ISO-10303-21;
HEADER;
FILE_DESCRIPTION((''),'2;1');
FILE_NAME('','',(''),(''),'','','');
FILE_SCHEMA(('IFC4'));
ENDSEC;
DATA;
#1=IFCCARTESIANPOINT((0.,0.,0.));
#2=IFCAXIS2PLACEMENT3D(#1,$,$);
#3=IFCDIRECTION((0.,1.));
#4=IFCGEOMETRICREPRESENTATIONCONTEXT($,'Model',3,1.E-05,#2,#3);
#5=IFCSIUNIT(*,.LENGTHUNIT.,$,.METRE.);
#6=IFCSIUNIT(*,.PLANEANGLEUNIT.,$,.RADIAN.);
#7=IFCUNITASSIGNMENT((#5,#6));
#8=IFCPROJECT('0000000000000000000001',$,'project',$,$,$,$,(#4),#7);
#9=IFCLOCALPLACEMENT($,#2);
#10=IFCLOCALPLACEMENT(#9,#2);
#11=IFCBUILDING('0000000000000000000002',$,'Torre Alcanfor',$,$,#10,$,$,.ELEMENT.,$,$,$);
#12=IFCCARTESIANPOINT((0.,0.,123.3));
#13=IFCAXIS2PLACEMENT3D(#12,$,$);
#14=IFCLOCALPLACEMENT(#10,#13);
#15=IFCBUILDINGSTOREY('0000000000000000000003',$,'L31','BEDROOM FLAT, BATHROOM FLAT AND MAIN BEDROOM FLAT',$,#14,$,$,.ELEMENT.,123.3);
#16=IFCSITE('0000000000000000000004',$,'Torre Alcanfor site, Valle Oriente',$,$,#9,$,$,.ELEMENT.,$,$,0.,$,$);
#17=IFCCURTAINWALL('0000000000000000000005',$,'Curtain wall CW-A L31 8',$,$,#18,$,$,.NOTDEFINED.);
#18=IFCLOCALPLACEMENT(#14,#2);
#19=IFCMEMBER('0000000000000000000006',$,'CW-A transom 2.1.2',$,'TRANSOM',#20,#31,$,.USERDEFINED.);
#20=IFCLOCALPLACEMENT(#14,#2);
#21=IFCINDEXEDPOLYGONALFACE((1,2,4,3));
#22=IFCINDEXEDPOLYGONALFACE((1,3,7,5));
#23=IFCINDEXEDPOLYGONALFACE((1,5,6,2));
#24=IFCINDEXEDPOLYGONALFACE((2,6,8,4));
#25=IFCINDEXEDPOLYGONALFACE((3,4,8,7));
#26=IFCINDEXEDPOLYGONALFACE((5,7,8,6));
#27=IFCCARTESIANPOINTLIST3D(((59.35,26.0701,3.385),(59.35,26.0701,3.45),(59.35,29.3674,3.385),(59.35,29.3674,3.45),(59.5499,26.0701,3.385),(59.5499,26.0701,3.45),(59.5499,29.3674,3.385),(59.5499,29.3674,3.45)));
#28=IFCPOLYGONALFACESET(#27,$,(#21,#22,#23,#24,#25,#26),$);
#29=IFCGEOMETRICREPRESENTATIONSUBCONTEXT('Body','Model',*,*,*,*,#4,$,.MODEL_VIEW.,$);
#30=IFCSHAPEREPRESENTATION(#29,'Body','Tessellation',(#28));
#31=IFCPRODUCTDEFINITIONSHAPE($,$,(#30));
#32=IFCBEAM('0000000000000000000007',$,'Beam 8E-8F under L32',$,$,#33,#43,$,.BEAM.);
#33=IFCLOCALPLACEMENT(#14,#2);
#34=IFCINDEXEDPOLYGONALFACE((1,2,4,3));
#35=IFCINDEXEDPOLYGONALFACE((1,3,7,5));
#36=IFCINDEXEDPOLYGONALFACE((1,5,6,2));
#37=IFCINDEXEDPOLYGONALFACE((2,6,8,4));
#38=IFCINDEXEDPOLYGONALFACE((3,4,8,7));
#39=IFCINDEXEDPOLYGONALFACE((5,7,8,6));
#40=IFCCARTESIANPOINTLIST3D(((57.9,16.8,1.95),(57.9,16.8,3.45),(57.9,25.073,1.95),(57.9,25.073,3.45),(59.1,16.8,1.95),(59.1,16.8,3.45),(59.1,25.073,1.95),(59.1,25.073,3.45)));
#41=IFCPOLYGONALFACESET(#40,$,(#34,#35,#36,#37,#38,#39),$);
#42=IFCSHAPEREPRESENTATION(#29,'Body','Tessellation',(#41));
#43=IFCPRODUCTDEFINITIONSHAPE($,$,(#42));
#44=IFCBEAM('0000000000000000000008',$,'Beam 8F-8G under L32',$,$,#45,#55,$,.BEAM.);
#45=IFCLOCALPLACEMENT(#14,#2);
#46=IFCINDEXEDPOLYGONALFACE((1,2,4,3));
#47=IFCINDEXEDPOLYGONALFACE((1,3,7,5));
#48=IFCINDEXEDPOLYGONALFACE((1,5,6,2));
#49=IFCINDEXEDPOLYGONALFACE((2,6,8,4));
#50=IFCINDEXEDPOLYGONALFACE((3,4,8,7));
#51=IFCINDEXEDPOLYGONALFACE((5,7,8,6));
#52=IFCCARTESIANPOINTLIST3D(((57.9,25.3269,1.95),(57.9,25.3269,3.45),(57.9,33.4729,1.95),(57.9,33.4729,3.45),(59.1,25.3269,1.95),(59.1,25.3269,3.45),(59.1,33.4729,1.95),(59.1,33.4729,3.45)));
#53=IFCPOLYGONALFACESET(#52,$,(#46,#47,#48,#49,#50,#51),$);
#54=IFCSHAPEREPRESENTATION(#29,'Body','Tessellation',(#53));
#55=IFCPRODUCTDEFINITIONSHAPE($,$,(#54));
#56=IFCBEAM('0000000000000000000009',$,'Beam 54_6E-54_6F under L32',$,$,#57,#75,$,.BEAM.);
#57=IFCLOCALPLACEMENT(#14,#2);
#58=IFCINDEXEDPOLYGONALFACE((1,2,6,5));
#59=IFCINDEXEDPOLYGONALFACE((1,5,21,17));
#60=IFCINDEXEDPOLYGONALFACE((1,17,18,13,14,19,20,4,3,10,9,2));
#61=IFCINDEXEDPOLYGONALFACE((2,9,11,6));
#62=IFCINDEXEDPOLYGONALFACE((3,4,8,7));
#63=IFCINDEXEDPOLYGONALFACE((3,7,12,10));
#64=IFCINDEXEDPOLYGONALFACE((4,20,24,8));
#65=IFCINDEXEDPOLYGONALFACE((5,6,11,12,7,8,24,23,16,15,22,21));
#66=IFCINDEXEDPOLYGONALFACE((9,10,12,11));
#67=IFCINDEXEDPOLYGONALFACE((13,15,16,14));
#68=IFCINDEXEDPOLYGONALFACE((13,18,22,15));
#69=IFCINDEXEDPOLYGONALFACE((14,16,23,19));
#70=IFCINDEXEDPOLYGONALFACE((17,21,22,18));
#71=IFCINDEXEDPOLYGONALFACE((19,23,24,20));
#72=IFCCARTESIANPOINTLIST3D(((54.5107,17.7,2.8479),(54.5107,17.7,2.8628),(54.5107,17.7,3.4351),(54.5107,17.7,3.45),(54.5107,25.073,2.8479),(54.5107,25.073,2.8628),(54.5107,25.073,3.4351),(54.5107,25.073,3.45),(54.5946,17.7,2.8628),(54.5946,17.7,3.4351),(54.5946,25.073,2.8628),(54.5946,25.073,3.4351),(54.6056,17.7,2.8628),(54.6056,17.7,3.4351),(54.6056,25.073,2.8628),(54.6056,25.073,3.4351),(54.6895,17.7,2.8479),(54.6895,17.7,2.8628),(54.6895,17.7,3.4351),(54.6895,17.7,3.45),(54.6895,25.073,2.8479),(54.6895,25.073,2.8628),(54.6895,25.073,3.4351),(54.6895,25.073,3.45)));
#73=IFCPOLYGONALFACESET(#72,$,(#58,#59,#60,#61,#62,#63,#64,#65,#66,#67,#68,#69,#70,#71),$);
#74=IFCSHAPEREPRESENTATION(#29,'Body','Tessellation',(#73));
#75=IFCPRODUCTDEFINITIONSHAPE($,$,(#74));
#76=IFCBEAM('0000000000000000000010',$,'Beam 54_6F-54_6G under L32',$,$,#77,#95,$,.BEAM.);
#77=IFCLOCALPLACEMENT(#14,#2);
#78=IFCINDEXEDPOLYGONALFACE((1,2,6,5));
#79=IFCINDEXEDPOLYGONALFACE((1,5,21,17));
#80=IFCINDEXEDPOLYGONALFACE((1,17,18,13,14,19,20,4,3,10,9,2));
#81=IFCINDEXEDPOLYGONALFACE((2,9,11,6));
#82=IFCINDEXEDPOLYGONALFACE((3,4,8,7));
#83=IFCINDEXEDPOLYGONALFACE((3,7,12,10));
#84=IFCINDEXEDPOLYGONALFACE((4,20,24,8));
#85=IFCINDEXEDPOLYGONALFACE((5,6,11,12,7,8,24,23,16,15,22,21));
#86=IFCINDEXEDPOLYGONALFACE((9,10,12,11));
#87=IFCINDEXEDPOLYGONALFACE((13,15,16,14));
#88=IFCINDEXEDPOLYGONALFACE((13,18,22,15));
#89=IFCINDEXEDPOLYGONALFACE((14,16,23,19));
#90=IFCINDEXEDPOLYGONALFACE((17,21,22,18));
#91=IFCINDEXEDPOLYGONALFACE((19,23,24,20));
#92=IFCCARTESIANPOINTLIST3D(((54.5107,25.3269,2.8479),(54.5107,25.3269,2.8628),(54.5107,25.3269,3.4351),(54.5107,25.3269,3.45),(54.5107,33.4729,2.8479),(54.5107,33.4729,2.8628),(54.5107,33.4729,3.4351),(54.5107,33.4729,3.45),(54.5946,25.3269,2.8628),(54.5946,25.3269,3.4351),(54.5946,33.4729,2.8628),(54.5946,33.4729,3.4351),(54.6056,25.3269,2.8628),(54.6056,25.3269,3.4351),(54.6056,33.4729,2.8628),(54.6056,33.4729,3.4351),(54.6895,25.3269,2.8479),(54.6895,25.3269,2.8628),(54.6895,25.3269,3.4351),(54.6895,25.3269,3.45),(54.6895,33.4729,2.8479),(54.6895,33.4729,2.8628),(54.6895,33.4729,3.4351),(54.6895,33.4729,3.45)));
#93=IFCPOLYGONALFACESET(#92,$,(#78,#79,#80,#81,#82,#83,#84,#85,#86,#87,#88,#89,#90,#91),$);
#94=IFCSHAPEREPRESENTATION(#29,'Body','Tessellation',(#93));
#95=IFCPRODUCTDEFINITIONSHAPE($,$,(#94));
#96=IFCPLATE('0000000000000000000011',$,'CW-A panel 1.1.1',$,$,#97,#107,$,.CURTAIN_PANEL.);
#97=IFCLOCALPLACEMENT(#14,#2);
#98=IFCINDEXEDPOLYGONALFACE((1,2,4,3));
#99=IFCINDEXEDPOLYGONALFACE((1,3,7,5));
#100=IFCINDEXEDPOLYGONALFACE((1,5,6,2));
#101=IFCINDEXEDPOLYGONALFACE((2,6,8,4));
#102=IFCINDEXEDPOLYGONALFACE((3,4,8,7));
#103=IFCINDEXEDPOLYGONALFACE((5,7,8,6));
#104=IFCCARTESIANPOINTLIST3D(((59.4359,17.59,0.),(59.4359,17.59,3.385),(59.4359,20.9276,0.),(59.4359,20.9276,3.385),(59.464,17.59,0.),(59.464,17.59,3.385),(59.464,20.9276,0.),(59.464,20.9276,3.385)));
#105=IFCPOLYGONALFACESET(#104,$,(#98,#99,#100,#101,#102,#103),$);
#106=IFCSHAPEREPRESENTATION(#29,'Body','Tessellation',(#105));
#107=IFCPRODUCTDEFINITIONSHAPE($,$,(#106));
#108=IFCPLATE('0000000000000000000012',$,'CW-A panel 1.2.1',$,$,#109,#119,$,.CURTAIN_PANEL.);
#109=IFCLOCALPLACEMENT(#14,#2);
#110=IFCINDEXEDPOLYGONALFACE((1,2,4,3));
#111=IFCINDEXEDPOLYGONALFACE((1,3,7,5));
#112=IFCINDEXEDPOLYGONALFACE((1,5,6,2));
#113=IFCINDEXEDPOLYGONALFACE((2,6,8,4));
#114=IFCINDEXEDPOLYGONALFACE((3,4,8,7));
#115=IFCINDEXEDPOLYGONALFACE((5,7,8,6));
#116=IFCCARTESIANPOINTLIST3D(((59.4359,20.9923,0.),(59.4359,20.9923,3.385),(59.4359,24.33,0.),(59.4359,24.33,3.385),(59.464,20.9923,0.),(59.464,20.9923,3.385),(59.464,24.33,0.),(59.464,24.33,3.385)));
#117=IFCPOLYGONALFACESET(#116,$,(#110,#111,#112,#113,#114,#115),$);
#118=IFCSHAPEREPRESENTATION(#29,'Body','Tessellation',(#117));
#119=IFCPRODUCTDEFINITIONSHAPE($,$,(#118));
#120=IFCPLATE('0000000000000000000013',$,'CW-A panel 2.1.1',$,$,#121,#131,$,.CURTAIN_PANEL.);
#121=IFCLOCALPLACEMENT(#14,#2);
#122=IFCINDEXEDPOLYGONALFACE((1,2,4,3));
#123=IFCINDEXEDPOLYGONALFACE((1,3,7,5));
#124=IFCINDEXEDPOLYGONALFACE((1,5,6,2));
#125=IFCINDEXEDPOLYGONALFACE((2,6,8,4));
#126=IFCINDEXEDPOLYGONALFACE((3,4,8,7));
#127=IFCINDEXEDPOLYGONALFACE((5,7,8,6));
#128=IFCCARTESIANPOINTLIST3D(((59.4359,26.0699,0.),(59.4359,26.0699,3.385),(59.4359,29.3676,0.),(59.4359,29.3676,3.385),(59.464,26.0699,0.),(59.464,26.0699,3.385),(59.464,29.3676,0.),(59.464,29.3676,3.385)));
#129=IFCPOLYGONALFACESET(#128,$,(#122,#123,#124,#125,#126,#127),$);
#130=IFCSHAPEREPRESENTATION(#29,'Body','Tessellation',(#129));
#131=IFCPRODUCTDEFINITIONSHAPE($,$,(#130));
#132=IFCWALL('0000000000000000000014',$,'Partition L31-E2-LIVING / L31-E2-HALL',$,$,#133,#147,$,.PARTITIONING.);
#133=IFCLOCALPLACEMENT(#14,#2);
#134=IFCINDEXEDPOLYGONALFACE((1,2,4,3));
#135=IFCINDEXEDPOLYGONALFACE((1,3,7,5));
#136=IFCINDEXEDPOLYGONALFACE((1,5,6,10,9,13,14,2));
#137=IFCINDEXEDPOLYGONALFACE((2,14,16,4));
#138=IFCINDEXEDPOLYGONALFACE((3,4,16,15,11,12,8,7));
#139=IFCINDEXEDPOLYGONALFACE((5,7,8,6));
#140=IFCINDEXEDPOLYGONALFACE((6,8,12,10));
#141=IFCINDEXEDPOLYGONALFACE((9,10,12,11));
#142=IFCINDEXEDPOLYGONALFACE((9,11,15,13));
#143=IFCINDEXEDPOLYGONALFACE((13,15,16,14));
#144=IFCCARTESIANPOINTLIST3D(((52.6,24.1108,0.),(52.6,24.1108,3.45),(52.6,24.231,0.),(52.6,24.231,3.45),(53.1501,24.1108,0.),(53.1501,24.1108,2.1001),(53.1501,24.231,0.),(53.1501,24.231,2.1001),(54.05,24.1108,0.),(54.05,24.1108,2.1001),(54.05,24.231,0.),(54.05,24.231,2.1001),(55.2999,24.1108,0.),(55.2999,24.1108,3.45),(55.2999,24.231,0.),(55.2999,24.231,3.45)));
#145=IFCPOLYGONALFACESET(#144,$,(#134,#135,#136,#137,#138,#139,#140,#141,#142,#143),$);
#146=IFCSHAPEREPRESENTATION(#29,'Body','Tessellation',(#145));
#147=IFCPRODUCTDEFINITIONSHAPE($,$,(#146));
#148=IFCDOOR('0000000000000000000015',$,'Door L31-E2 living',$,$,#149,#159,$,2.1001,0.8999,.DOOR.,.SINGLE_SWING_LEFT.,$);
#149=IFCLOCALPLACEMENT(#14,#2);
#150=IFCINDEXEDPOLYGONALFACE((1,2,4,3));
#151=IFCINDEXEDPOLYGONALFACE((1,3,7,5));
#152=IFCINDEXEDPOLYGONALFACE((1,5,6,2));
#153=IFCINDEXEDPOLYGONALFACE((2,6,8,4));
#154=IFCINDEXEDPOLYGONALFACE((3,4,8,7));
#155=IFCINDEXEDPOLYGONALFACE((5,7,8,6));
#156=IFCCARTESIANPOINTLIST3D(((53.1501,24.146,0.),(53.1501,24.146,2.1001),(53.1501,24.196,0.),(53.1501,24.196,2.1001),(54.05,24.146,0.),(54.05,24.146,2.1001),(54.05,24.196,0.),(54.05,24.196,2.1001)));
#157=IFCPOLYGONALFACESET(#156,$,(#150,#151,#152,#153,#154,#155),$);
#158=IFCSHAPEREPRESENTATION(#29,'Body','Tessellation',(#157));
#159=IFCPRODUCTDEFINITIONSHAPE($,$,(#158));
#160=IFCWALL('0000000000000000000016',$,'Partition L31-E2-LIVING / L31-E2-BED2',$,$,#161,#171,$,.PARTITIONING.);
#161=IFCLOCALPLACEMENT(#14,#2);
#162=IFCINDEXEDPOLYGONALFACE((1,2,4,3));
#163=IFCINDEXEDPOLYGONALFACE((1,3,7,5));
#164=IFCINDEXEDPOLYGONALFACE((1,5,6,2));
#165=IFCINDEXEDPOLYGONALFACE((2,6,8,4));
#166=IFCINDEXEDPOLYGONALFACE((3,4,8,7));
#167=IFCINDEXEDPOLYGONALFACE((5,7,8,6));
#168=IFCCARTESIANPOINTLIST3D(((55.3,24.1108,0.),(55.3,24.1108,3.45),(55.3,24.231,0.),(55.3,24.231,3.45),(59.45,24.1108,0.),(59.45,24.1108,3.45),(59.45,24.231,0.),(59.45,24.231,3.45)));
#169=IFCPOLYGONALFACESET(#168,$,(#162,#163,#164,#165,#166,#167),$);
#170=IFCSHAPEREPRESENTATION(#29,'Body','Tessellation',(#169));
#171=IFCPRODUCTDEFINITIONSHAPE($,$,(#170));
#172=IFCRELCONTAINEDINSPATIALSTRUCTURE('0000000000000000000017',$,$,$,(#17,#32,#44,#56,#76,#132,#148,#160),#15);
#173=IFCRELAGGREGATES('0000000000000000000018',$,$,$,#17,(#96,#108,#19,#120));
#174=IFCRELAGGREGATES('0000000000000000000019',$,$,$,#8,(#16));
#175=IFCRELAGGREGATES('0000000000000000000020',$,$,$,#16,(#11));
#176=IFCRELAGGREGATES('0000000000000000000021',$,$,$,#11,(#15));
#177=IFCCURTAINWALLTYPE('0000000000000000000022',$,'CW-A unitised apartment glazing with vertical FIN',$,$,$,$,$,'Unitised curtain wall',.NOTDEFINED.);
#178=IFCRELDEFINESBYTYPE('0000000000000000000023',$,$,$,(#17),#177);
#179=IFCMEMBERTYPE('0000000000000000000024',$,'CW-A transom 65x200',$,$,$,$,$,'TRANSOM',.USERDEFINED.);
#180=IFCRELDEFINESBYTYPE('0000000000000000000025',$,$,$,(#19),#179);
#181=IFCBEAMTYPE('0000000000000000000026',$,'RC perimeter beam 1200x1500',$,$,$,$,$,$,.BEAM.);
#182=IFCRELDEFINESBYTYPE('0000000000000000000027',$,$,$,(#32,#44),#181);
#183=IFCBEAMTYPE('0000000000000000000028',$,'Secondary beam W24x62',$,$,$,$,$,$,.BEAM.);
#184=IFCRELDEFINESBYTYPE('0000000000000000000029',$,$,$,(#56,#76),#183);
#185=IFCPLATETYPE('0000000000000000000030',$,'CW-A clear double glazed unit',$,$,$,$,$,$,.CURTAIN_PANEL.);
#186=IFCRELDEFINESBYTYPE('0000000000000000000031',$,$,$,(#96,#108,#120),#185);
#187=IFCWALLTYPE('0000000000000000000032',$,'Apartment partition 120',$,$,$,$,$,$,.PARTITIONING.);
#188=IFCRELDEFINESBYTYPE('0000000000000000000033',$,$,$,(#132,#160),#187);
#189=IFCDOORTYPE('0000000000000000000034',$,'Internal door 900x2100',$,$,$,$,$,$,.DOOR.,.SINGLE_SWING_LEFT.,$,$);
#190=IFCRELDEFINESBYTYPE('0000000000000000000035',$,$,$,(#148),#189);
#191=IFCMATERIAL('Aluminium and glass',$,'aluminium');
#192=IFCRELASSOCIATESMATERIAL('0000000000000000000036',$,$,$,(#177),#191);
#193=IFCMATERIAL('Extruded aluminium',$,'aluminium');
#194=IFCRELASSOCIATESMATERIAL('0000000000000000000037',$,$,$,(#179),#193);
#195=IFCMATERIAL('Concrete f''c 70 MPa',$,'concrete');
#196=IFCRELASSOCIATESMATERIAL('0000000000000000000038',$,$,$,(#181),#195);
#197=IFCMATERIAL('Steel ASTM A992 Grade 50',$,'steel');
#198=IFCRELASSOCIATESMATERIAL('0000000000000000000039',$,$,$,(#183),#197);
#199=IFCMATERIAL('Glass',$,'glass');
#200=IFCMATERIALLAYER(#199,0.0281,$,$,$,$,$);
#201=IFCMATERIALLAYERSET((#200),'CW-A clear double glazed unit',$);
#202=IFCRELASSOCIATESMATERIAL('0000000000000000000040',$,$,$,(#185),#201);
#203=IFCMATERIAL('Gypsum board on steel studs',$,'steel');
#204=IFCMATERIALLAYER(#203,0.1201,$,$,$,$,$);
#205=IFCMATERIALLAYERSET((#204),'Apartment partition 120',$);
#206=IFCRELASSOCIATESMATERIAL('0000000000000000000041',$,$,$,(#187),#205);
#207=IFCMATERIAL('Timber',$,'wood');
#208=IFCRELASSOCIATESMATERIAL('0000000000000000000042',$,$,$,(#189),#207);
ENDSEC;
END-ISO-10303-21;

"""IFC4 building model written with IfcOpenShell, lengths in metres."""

from ifc_helpers import new_model, si_unit, direction, frame, frame_2d, origin, origin_2d, place, context, subcontext, project, spatial, rectangle, i_section, extrude, material, layer, layer_set, material_profile, profile_set, type_object, element, fill, aggregate, save


model = new_model("IFC4")

# Units and contexts
model_context = context("Model", 3, precision=1e-05, world=origin(), true_north=direction((0.0, 1.0)))
body_context = subcontext(model_context, "Body", "Model", "MODEL_VIEW")
ifc_project = project(units=[si_unit("LENGTHUNIT", "METRE"), si_unit("PLANEANGLEUNIT", "RADIAN")], contexts=[model_context])

# Site, building, storey
site_placement = place(None, origin())
site = spatial("IfcSite", under=ifc_project, at=site_placement, Name="Torre Alcanfor site, Valle Oriente", CompositionType="ELEMENT", RefElevation=0.0)
building_placement = place(site_placement, origin())
building = spatial("IfcBuilding", under=site, at=building_placement, Name="Torre Alcanfor", CompositionType="ELEMENT")
storey_placement = place(building_placement, frame((0.0, 0.0, 123.3)))
storey = spatial("IfcBuildingStorey", under=building, at=storey_placement, Name="L31", Description="BEDROOM FLAT, BATHROOM FLAT AND MAIN BEDROOM FLAT", CompositionType="ELEMENT", Elevation=123.3)

# Curtain wall, member
ifc_material_1 = material(Name="Aluminium and glass", Category="aluminium")
curtain_wall_type = type_object("IfcCurtainWallType", Name="CW-A unitised apartment glazing with vertical FIN", ElementType="Unitised curtain wall", PredefinedType="NOTDEFINED", material=ifc_material_1)
curtain_wall_placement = place(storey_placement, origin())
curtain_wall = element("IfcCurtainWall", 1, at=curtain_wall_placement, inside=storey, type_object=curtain_wall_type, Name="Curtain wall CW-A L31 8", PredefinedType="NOTDEFINED")
ifc_material_2 = material(Name="Extruded aluminium", Category="aluminium")
ifc_material_profile_1 = material_profile(ifc_material_2, rectangle(XDim=0.2, YDim=0.0649, at=origin_2d()), Name="CW-A transom 200x65")
ifc_profile_set_1 = profile_set([ifc_material_profile_1], Name="Extruded aluminium")
member_type_1 = type_object("IfcMemberType", Name="CW-A transom 65x200", ElementType="TRANSOM", PredefinedType="USERDEFINED", material=ifc_profile_set_1)
member_1_placement = place(storey_placement, frame((59.45, 26.0701, 3.4175), z_axis=(0.0, 1.0, 0.0), x_axis=(-1.0, 0.0, 0.0)))
member_1 = element("IfcMember", 2, at=member_1_placement, type_object=member_type_1, Name="CW-A transom 2.1.2", ObjectType="TRANSOM", PredefinedType="USERDEFINED", context=body_context, shape_type="SweptSolid", body=[
    extrude(rectangle(XDim=0.2, YDim=0.0649, at=origin_2d()), origin(), (0.0, 0.0, 1.0), 3.2974),
])

# Beams
ifc_material_3 = material(Name="Concrete f'c 70 MPa", Category="concrete")
ifc_material_profile_2 = material_profile(ifc_material_3, rectangle(XDim=1.2, YDim=1.5, at=origin_2d()), Name="1200x1500")
ifc_profile_set_2 = profile_set([ifc_material_profile_2], Name="Concrete f'c 70 MPa")
beam_type_1 = type_object("IfcBeamType", Name="RC perimeter beam 1200x1500", PredefinedType="BEAM", material=ifc_profile_set_2)
beam_1_placement = place(storey_placement, frame((58.5, 16.8, 2.7), z_axis=(0.0, 1.0, 0.0), x_axis=(-1.0, 0.0, 0.0)))
element("IfcBeam", 3, at=beam_1_placement, inside=storey, type_object=beam_type_1, Name="Beam 8E-8F under L32", PredefinedType="BEAM", context=body_context, shape_type="SweptSolid", body=[
    extrude(rectangle(XDim=1.2, YDim=1.5, at=origin_2d()), origin(), (0.0, 0.0, 1.0), 8.2729),
])
beam_2_placement = place(storey_placement, frame((58.5, 25.3269, 2.7), z_axis=(0.0, 1.0, 0.0), x_axis=(-1.0, 0.0, 0.0)))
element("IfcBeam", 4, at=beam_2_placement, inside=storey, type_object=beam_type_1, Name="Beam 8F-8G under L32", PredefinedType="BEAM", context=body_context, shape_type="SweptSolid", body=[
    extrude(rectangle(XDim=1.2, YDim=1.5, at=origin_2d()), origin(), (0.0, 0.0, 1.0), 8.146),
])
ifc_material_4 = material(Name="Steel ASTM A992 Grade 50", Category="steel")
ifc_material_profile_3 = material_profile(ifc_material_4, i_section(OverallWidth=0.1787, OverallDepth=0.6021, WebThickness=0.011, FlangeThickness=0.0149, at=origin_2d()), Name="W24x62")
ifc_profile_set_3 = profile_set([ifc_material_profile_3], Name="Steel ASTM A992 Grade 50")
beam_type_2 = type_object("IfcBeamType", Name="Secondary beam W24x62", PredefinedType="BEAM", material=ifc_profile_set_3)
beam_3_placement = place(storey_placement, frame((54.6001, 17.7, 3.1489), z_axis=(0.0, 1.0, 0.0), x_axis=(-1.0, 0.0, 0.0)))
element("IfcBeam", 5, at=beam_3_placement, inside=storey, type_object=beam_type_2, Name="Beam 54_6E-54_6F under L32", PredefinedType="BEAM", context=body_context, shape_type="SweptSolid", body=[
    extrude(i_section(OverallWidth=0.1787, OverallDepth=0.6021, WebThickness=0.011, FlangeThickness=0.0149, at=origin_2d()), origin(), (0.0, 0.0, 1.0), 7.373),
])
beam_4_placement = place(storey_placement, frame((54.6001, 25.3269, 3.1489), z_axis=(0.0, 1.0, 0.0), x_axis=(-1.0, 0.0, 0.0)))
element("IfcBeam", 6, at=beam_4_placement, inside=storey, type_object=beam_type_2, Name="Beam 54_6F-54_6G under L32", PredefinedType="BEAM", context=body_context, shape_type="SweptSolid", body=[
    extrude(i_section(OverallWidth=0.1787, OverallDepth=0.6021, WebThickness=0.011, FlangeThickness=0.0149, at=origin_2d()), origin(), (0.0, 0.0, 1.0), 8.146),
])

# Plates
ifc_material_5 = material(Name="Glass", Category="glass")
ifc_layer_1 = layer(ifc_material_5, 0.0281)
ifc_layer_set_1 = layer_set([ifc_layer_1], Name="CW-A clear double glazed unit")
plate_type = type_object("IfcPlateType", Name="CW-A clear double glazed unit", PredefinedType="CURTAIN_PANEL", material=ifc_layer_set_1)
plate_1_placement = place(storey_placement, frame((59.45, 19.2588, 0.0), z_axis=(0.0, 0.0, 1.0), x_axis=(0.0, 1.0, 0.0)))
plate_1 = element("IfcPlate", 7, at=plate_1_placement, type_object=plate_type, Name="CW-A panel 1.1.1", PredefinedType="CURTAIN_PANEL", context=body_context, shape_type="SweptSolid", body=[
    extrude(rectangle(XDim=3.3376, YDim=0.0281, at=origin_2d()), origin(), (0.0, 0.0, 1.0), 3.385),
])
plate_2_placement = place(storey_placement, frame((59.45, 22.6611, 0.0), z_axis=(0.0, 0.0, 1.0), x_axis=(0.0, 1.0, 0.0)))
plate_2 = element("IfcPlate", 8, at=plate_2_placement, type_object=plate_type, Name="CW-A panel 1.2.1", PredefinedType="CURTAIN_PANEL", context=body_context, shape_type="SweptSolid", body=[
    extrude(rectangle(XDim=3.3376, YDim=0.0281, at=origin_2d()), origin(), (0.0, 0.0, 1.0), 3.385),
])
plate_3_placement = place(storey_placement, frame((59.45, 27.7188, 0.0), z_axis=(0.0, 0.0, 1.0), x_axis=(0.0, 1.0, 0.0)))
plate_3 = element("IfcPlate", 9, at=plate_3_placement, type_object=plate_type, Name="CW-A panel 2.1.1", PredefinedType="CURTAIN_PANEL", context=body_context, shape_type="SweptSolid", body=[
    extrude(rectangle(XDim=3.2976, YDim=0.0281, at=origin_2d()), origin(), (0.0, 0.0, 1.0), 3.385),
])
aggregate(curtain_wall, [plate_1, plate_2, member_1, plate_3])

# Wall, opening, door
ifc_material_6 = material(Name="Gypsum board on steel studs", Category="steel")
ifc_layer_2 = layer(ifc_material_6, 0.1201)
ifc_layer_set_2 = layer_set([ifc_layer_2], Name="Apartment partition 120")
wall_type_1 = type_object("IfcWallType", Name="Apartment partition 120", PredefinedType="PARTITIONING", material=ifc_layer_set_2)
wall_1_placement = place(storey_placement, frame((55.3, 24.1709, 0.0), z_axis=(0.0, 0.0, 1.0), x_axis=(-1.0, 0.0, 0.0)))
wall_1 = element("IfcWall", 10, at=wall_1_placement, inside=storey, type_object=wall_type_1, Name="Partition L31-E2-LIVING / L31-E2-HALL", PredefinedType="PARTITIONING", context=body_context, shape_type="SweptSolid", body=[
    extrude(rectangle(XDim=2.7, YDim=0.1201, at=frame_2d((1.3501, 0.0))), origin(), (0.0, 0.0, 1.0), 3.45),
])
opening_1_placement = place(wall_1_placement, frame((1.25, 0.0, 0.0)))
opening_1 = element("IfcOpeningElement", 11, at=opening_1_placement, cuts=wall_1, PredefinedType="OPENING", context=body_context, shape_type="SweptSolid", body=[
    extrude(rectangle(XDim=0.8999, YDim=2.1001, at=frame_2d((0.45, 1.05))), frame((0.0, 0.0701, 0.0), z_axis=(0.0, -1.0, 0.0), x_axis=(1.0, 0.0, 0.0)), (0.0, 0.0, 1.0), 0.1401),
])
ifc_material_7 = material(Name="Timber", Category="wood")
door_type = type_object("IfcDoorType", Name="Internal door 900x2100", OperationType="SINGLE_SWING_LEFT", PredefinedType="DOOR", material=ifc_material_7)
door_1_placement = place(opening_1_placement, frame((0.8999, 0.0, 0.0), z_axis=(0.0, 0.0, 1.0), x_axis=(-1.0, 0.0, 0.0)))
door_1 = element("IfcDoor", 12, at=door_1_placement, inside=storey, type_object=door_type, Name="Door L31-E2 living", OperationType="SINGLE_SWING_LEFT", OverallHeight=2.1001, OverallWidth=0.8999, PredefinedType="DOOR", context=body_context, shape_type="SweptSolid", body=[
    extrude(rectangle(XDim=0.8999, YDim=2.1001, at=frame_2d((0.45, 1.05))), frame((0.0, 0.0251, 0.0), z_axis=(0.0, -1.0, 0.0), x_axis=(1.0, 0.0, 0.0)), (0.0, 0.0, 1.0), 0.05),
])
fill(opening_1, door_1)

# Wall
wall_2_placement = place(storey_placement, frame((59.45, 24.1709, 0.0), z_axis=(0.0, 0.0, 1.0), x_axis=(-1.0, 0.0, 0.0)))
element("IfcWall", 13, at=wall_2_placement, inside=storey, type_object=wall_type_1, Name="Partition L31-E2-LIVING / L31-E2-BED2", PredefinedType="PARTITIONING", context=body_context, shape_type="SweptSolid", body=[
    extrude(rectangle(XDim=4.1499, YDim=0.1201, at=frame_2d((2.075, 0.0))), origin(), (0.0, 0.0, 1.0), 3.45),
])

save(model, "model.ifc")
